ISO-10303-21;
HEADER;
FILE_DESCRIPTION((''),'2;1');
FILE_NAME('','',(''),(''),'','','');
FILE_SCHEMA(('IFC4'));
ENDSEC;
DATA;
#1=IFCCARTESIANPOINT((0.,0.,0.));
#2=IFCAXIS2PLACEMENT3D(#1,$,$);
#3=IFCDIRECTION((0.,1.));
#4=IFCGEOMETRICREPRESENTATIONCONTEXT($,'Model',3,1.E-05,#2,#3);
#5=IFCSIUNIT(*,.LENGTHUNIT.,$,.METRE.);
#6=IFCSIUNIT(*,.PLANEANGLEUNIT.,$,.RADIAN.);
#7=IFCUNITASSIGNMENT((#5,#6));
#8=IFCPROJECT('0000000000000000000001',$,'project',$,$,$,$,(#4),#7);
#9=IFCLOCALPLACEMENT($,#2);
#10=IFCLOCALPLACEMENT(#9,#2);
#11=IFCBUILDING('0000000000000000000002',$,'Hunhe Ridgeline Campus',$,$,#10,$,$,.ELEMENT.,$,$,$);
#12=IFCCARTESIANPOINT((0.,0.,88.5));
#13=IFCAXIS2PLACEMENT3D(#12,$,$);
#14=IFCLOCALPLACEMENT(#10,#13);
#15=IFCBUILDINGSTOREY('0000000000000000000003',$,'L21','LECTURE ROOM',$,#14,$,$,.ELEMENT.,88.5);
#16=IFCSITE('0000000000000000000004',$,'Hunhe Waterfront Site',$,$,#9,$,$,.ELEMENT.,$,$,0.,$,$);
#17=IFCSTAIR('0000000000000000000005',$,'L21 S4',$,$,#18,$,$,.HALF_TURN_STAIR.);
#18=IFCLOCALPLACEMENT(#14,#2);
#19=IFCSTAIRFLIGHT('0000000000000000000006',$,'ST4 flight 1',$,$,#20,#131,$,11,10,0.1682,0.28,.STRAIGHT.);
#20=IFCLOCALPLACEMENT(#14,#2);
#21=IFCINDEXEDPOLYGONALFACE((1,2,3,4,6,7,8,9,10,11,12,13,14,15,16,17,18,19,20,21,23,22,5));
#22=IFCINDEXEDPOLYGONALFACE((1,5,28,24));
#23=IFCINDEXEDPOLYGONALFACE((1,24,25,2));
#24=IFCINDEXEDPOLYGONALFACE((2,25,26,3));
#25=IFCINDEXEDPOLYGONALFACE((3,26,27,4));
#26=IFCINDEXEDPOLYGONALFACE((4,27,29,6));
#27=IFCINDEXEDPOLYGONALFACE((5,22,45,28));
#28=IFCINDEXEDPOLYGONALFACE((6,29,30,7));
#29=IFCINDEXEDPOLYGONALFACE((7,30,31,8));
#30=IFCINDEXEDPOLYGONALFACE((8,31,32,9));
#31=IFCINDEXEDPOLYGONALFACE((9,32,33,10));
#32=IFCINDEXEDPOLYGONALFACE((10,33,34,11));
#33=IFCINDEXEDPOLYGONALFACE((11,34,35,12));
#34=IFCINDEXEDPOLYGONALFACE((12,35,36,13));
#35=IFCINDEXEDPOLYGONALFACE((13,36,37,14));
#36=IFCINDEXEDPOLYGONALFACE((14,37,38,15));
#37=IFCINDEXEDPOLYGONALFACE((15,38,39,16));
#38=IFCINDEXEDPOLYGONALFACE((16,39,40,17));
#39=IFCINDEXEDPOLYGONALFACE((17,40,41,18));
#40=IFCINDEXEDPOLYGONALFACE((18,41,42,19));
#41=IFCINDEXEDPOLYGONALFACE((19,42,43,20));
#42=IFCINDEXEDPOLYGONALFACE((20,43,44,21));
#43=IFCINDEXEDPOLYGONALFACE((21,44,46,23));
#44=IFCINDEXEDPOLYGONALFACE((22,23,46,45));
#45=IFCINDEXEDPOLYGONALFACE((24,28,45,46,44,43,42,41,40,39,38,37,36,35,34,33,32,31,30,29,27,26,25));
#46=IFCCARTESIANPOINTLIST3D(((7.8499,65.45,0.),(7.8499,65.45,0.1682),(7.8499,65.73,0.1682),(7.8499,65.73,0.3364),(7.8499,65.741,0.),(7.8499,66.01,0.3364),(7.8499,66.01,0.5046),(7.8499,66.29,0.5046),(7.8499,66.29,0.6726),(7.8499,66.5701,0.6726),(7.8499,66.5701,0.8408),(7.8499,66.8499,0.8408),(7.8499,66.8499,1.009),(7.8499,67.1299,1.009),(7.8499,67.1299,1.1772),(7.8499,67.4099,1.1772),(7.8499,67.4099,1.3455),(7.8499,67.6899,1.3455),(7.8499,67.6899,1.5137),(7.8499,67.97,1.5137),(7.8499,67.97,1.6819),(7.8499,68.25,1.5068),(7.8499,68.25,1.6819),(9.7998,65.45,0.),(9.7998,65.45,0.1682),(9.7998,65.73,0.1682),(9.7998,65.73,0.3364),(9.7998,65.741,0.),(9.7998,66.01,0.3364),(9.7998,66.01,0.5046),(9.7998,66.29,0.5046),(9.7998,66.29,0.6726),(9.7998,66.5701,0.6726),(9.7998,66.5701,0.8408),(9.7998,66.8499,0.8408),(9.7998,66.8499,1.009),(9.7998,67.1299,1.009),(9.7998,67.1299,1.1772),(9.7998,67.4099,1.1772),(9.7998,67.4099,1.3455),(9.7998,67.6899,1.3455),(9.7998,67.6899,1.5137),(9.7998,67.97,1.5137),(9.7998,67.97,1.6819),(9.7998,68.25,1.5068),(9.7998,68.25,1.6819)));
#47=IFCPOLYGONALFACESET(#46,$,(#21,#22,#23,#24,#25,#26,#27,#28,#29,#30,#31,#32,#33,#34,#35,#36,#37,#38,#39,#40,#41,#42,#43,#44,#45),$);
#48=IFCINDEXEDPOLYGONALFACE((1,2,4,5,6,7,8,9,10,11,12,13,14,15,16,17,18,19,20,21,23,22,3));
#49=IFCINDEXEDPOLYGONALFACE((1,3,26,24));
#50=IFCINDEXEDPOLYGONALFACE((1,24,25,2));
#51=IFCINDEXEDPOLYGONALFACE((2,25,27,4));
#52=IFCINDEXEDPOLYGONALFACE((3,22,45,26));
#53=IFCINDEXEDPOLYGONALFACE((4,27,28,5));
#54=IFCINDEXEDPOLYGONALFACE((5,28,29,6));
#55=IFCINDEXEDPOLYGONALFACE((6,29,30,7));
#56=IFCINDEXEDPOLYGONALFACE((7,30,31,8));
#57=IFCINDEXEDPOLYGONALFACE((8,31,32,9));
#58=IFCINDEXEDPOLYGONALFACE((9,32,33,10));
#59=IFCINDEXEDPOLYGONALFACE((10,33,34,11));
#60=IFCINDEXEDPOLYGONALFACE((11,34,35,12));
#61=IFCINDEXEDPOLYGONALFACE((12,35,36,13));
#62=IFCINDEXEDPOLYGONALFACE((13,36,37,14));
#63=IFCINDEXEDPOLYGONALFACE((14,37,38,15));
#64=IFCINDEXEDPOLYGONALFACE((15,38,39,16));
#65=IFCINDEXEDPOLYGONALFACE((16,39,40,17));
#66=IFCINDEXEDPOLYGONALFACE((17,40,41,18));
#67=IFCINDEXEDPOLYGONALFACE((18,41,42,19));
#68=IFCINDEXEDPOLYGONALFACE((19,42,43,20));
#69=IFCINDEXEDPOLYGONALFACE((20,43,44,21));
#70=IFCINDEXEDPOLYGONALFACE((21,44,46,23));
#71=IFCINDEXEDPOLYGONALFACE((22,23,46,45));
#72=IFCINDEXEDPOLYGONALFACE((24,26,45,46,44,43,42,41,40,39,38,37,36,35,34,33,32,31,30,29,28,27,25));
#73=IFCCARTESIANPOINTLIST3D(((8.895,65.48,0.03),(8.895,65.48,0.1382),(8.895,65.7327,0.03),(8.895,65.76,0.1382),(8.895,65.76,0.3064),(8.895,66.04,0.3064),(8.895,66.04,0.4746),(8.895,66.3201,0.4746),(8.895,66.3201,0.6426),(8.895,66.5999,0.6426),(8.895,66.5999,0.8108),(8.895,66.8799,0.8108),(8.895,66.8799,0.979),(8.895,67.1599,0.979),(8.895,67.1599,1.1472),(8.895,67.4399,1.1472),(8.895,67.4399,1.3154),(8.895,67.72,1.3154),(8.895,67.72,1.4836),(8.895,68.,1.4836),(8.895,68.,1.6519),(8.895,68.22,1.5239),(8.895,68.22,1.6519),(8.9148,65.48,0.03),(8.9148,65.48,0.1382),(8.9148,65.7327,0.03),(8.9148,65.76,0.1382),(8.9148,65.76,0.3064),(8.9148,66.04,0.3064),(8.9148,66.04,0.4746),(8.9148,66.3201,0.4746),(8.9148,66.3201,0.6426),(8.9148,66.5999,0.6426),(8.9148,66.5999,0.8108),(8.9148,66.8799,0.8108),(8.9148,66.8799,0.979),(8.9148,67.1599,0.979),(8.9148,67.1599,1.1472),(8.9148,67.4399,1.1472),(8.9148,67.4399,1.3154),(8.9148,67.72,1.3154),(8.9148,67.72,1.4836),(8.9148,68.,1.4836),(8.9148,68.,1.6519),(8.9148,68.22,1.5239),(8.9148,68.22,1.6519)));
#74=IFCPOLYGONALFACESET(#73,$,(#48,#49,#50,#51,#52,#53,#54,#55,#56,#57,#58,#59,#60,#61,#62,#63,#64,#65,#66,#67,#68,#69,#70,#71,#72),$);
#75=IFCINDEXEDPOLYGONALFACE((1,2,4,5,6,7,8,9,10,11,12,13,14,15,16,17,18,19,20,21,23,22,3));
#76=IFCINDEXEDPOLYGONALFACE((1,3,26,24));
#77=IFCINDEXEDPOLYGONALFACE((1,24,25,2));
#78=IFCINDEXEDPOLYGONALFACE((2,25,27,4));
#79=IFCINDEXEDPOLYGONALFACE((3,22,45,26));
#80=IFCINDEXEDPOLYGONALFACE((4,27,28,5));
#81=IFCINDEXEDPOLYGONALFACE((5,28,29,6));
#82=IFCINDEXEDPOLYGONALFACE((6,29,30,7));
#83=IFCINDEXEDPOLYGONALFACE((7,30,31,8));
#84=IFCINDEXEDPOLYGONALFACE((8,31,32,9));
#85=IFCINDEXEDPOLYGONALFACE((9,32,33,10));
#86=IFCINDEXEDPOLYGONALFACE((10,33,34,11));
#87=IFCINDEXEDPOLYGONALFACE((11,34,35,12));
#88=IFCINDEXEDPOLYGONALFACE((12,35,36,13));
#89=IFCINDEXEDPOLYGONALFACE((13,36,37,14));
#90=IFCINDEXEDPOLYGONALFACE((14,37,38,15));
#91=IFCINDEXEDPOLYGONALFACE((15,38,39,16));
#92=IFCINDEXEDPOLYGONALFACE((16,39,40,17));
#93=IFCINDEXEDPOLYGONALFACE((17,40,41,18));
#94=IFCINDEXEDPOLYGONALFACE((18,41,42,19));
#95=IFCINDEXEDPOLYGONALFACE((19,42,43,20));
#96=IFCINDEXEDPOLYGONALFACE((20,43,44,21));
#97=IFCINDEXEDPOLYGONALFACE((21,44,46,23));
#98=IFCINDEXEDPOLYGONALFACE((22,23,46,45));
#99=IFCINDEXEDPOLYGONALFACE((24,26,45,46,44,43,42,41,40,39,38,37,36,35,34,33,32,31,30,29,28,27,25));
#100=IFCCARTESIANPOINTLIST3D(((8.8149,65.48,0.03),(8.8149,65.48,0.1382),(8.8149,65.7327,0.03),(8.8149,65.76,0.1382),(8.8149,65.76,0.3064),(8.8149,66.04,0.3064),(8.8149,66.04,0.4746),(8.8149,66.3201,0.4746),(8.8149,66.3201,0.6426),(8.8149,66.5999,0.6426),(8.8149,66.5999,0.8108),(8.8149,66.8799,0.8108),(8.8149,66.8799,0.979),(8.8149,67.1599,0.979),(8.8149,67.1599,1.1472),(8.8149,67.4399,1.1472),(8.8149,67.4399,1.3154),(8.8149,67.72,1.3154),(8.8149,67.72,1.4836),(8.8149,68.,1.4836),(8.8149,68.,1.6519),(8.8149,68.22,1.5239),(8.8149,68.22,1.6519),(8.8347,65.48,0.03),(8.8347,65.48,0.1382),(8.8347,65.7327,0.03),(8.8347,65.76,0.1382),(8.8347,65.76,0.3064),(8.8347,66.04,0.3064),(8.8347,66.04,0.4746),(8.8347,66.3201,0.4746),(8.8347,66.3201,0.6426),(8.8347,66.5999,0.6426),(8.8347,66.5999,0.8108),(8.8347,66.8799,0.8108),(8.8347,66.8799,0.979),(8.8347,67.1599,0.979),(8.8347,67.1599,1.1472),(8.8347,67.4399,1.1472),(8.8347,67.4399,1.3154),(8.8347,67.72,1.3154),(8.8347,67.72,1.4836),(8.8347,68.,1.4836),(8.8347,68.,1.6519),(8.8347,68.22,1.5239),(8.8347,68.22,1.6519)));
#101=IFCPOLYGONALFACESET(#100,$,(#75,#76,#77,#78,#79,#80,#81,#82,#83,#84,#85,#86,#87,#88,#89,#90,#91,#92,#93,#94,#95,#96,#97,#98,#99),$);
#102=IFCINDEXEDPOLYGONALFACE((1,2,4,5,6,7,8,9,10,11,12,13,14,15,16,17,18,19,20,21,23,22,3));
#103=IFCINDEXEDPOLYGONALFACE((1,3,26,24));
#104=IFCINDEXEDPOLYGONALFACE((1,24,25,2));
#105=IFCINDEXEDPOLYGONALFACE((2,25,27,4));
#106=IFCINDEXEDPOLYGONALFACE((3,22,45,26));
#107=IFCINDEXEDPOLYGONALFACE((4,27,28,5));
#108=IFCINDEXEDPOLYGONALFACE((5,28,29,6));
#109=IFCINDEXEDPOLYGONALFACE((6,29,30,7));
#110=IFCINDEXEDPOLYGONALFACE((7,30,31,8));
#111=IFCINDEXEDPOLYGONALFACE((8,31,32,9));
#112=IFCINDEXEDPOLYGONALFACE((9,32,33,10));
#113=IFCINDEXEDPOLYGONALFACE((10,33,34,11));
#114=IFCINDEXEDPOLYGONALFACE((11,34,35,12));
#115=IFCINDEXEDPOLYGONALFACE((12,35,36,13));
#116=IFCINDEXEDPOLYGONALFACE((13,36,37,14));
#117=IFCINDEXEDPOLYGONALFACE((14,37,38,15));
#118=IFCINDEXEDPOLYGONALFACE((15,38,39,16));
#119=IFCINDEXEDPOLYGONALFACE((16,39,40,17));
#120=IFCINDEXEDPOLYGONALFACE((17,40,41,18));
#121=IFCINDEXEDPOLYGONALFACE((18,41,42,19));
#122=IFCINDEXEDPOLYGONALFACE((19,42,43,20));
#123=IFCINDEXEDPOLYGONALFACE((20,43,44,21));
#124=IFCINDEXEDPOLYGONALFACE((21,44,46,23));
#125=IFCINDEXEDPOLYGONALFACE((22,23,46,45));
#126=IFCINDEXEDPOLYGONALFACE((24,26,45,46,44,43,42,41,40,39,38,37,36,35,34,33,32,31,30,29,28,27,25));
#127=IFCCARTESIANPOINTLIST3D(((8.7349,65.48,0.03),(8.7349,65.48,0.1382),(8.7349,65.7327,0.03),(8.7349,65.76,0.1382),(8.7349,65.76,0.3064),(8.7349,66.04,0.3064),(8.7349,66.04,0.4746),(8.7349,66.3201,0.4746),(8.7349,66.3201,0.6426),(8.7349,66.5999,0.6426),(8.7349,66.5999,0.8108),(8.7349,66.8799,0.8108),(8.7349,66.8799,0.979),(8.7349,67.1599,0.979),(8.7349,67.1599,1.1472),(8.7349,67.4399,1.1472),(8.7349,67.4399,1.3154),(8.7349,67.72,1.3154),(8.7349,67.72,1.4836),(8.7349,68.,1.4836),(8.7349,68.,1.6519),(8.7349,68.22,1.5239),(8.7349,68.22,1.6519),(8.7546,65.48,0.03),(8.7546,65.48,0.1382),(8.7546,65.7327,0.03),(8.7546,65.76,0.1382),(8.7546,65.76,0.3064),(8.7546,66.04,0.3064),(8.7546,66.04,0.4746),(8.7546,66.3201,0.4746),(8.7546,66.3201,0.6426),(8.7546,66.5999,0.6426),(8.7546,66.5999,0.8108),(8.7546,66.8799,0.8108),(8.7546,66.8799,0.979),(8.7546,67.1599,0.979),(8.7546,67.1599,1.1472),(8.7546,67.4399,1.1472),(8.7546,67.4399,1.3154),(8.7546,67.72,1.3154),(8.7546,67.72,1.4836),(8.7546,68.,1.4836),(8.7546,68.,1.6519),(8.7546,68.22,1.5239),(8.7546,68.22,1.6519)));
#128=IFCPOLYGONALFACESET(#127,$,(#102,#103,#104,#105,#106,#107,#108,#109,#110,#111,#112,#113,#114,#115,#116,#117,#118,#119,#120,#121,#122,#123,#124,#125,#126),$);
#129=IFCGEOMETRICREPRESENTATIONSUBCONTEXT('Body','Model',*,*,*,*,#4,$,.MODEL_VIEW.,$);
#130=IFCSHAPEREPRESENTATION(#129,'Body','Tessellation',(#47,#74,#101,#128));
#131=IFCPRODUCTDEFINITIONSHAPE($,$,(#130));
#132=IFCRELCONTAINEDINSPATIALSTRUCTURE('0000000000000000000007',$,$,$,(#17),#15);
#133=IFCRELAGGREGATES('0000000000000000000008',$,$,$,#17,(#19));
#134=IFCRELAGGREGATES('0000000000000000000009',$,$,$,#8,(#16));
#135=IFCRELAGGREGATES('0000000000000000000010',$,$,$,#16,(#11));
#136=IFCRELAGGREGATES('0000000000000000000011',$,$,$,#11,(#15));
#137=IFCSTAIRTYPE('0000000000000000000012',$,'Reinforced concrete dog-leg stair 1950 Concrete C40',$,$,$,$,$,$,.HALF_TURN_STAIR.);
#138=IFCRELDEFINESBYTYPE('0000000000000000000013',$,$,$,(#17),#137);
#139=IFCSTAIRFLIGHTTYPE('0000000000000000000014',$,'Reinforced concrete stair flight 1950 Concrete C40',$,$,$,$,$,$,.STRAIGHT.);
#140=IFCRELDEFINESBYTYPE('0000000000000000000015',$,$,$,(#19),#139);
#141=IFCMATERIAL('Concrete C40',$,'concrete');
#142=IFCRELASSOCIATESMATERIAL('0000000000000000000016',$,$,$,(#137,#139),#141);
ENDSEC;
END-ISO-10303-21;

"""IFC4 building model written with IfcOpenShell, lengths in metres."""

from ifc_helpers import new_model, si_unit, direction, frame, origin, place, context, subcontext, project, spatial, polyline, outline, extrude, material, type_object, element, aggregate, save


model = new_model("IFC4")

# Units and contexts
model_context = context("Model", 3, precision=1e-05, world=origin(), true_north=direction((0.0, 1.0)))
body_context = subcontext(model_context, "Body", "Model", "MODEL_VIEW")
ifc_project = project(units=[si_unit("LENGTHUNIT", "METRE"), si_unit("PLANEANGLEUNIT", "RADIAN")], contexts=[model_context])

# Site, building, storey
site_placement = place(None, origin())
site = spatial("IfcSite", under=ifc_project, at=site_placement, Name="Hunhe Waterfront Site", CompositionType="ELEMENT", RefElevation=0.0)
building_placement = place(site_placement, origin())
building = spatial("IfcBuilding", under=site, at=building_placement, Name="Hunhe Ridgeline Campus", CompositionType="ELEMENT")
storey_placement = place(building_placement, frame((0.0, 0.0, 88.5)))
storey = spatial("IfcBuildingStorey", under=building, at=storey_placement, Name="L21", Description="LECTURE ROOM", CompositionType="ELEMENT", Elevation=88.5)

# Stair, stair flight
ifc_material_1 = material(Name="Concrete C40", Category="concrete")
stair_type = type_object("IfcStairType", Name="Reinforced concrete dog-leg stair 1950 Concrete C40", PredefinedType="HALF_TURN_STAIR", material=ifc_material_1)
stair_1_placement = place(storey_placement, origin())
stair_1 = element("IfcStair", 1, at=stair_1_placement, inside=storey, type_object=stair_type, Name="L21 S4", PredefinedType="HALF_TURN_STAIR")
stair_flight_type = type_object("IfcStairFlightType", Name="Reinforced concrete stair flight 1950 Concrete C40", PredefinedType="STRAIGHT", material=ifc_material_1)
stair_flight_1_placement = place(storey_placement, frame((8.825, 65.45, 0.0), z_axis=(0.0, 0.0, 1.0), x_axis=(0.0, 1.0, 0.0)))
stair_flight_1 = element("IfcStairFlight", 2, at=stair_flight_1_placement, type_object=stair_flight_type, Name="ST4 flight 1", NumberOfRisers=11, NumberOfTreads=10, PredefinedType="STRAIGHT", RiserHeight=0.1682, TreadLength=0.28, context=body_context, shape_type="SweptSolid", body=[
    extrude(outline(polyline([(0.0, 0.0), (0.0, 0.1682), (0.28, 0.1682), (0.28, 0.3364), (0.5601, 0.3364), (0.5601, 0.5046), (0.8401, 0.5046), (0.8401, 0.6726), (1.1201, 0.6726), (1.1201, 0.8408), (1.3999, 0.8408), (1.3999, 1.009), (1.6799, 1.009), (1.6799, 1.1772), (1.96, 1.1772), (1.96, 1.3455), (2.24, 1.3455), (2.24, 1.5137), (2.52, 1.5137), (2.52, 1.6819), (2.8, 1.6819), (2.8, 1.8501), (2.8, 1.5068), (0.291, 0.0), (0.0, 0.0)])), frame((0.0, 0.9751, 0.0), z_axis=(0.0, -1.0, 0.0), x_axis=(1.0, 0.0, 0.0)), (0.0, 0.0, 1.0), 1.95),
    extrude(outline(polyline([(0.03, 0.03), (0.03, 0.1382), (0.3101, 0.1382), (0.3101, 0.3064), (0.5901, 0.3064), (0.5901, 0.4746), (0.8701, 0.4746), (0.8701, 0.6426), (1.1499, 0.6426), (1.1499, 0.8108), (1.4299, 0.8108), (1.4299, 0.979), (1.71, 0.979), (1.71, 1.1472), (1.99, 1.1472), (1.99, 1.3154), (2.27, 1.3154), (2.27, 1.4836), (2.55, 1.4836), (2.55, 1.6519), (2.77, 1.6519), (2.77, 1.5239), (0.2827, 0.03), (0.03, 0.03)])), frame((0.0, -0.0701, 0.0), z_axis=(0.0, -1.0, 0.0), x_axis=(1.0, 0.0, 0.0)), (0.0, 0.0, 1.0), 0.0198),
    extrude(outline(polyline([(0.03, 0.03), (0.03, 0.1382), (0.3101, 0.1382), (0.3101, 0.3064), (0.5901, 0.3064), (0.5901, 0.4746), (0.8701, 0.4746), (0.8701, 0.6426), (1.1499, 0.6426), (1.1499, 0.8108), (1.4299, 0.8108), (1.4299, 0.979), (1.71, 0.979), (1.71, 1.1472), (1.99, 1.1472), (1.99, 1.3154), (2.27, 1.3154), (2.27, 1.4836), (2.55, 1.4836), (2.55, 1.6519), (2.77, 1.6519), (2.77, 1.5239), (0.2827, 0.03), (0.03, 0.03)])), frame((0.0, 0.01, 0.0), z_axis=(0.0, -1.0, 0.0), x_axis=(1.0, 0.0, 0.0)), (0.0, 0.0, 1.0), 0.0198),
    extrude(outline(polyline([(0.03, 0.03), (0.03, 0.1382), (0.3101, 0.1382), (0.3101, 0.3064), (0.5901, 0.3064), (0.5901, 0.4746), (0.8701, 0.4746), (0.8701, 0.6426), (1.1499, 0.6426), (1.1499, 0.8108), (1.4299, 0.8108), (1.4299, 0.979), (1.71, 0.979), (1.71, 1.1472), (1.99, 1.1472), (1.99, 1.3154), (2.27, 1.3154), (2.27, 1.4836), (2.55, 1.4836), (2.55, 1.6519), (2.77, 1.6519), (2.77, 1.5239), (0.2827, 0.03), (0.03, 0.03)])), frame((0.0, 0.0901, 0.0), z_axis=(0.0, -1.0, 0.0), x_axis=(1.0, 0.0, 0.0)), (0.0, 0.0, 1.0), 0.0198),
])
aggregate(stair_1, [stair_flight_1])

save(model, "model.ifc")
